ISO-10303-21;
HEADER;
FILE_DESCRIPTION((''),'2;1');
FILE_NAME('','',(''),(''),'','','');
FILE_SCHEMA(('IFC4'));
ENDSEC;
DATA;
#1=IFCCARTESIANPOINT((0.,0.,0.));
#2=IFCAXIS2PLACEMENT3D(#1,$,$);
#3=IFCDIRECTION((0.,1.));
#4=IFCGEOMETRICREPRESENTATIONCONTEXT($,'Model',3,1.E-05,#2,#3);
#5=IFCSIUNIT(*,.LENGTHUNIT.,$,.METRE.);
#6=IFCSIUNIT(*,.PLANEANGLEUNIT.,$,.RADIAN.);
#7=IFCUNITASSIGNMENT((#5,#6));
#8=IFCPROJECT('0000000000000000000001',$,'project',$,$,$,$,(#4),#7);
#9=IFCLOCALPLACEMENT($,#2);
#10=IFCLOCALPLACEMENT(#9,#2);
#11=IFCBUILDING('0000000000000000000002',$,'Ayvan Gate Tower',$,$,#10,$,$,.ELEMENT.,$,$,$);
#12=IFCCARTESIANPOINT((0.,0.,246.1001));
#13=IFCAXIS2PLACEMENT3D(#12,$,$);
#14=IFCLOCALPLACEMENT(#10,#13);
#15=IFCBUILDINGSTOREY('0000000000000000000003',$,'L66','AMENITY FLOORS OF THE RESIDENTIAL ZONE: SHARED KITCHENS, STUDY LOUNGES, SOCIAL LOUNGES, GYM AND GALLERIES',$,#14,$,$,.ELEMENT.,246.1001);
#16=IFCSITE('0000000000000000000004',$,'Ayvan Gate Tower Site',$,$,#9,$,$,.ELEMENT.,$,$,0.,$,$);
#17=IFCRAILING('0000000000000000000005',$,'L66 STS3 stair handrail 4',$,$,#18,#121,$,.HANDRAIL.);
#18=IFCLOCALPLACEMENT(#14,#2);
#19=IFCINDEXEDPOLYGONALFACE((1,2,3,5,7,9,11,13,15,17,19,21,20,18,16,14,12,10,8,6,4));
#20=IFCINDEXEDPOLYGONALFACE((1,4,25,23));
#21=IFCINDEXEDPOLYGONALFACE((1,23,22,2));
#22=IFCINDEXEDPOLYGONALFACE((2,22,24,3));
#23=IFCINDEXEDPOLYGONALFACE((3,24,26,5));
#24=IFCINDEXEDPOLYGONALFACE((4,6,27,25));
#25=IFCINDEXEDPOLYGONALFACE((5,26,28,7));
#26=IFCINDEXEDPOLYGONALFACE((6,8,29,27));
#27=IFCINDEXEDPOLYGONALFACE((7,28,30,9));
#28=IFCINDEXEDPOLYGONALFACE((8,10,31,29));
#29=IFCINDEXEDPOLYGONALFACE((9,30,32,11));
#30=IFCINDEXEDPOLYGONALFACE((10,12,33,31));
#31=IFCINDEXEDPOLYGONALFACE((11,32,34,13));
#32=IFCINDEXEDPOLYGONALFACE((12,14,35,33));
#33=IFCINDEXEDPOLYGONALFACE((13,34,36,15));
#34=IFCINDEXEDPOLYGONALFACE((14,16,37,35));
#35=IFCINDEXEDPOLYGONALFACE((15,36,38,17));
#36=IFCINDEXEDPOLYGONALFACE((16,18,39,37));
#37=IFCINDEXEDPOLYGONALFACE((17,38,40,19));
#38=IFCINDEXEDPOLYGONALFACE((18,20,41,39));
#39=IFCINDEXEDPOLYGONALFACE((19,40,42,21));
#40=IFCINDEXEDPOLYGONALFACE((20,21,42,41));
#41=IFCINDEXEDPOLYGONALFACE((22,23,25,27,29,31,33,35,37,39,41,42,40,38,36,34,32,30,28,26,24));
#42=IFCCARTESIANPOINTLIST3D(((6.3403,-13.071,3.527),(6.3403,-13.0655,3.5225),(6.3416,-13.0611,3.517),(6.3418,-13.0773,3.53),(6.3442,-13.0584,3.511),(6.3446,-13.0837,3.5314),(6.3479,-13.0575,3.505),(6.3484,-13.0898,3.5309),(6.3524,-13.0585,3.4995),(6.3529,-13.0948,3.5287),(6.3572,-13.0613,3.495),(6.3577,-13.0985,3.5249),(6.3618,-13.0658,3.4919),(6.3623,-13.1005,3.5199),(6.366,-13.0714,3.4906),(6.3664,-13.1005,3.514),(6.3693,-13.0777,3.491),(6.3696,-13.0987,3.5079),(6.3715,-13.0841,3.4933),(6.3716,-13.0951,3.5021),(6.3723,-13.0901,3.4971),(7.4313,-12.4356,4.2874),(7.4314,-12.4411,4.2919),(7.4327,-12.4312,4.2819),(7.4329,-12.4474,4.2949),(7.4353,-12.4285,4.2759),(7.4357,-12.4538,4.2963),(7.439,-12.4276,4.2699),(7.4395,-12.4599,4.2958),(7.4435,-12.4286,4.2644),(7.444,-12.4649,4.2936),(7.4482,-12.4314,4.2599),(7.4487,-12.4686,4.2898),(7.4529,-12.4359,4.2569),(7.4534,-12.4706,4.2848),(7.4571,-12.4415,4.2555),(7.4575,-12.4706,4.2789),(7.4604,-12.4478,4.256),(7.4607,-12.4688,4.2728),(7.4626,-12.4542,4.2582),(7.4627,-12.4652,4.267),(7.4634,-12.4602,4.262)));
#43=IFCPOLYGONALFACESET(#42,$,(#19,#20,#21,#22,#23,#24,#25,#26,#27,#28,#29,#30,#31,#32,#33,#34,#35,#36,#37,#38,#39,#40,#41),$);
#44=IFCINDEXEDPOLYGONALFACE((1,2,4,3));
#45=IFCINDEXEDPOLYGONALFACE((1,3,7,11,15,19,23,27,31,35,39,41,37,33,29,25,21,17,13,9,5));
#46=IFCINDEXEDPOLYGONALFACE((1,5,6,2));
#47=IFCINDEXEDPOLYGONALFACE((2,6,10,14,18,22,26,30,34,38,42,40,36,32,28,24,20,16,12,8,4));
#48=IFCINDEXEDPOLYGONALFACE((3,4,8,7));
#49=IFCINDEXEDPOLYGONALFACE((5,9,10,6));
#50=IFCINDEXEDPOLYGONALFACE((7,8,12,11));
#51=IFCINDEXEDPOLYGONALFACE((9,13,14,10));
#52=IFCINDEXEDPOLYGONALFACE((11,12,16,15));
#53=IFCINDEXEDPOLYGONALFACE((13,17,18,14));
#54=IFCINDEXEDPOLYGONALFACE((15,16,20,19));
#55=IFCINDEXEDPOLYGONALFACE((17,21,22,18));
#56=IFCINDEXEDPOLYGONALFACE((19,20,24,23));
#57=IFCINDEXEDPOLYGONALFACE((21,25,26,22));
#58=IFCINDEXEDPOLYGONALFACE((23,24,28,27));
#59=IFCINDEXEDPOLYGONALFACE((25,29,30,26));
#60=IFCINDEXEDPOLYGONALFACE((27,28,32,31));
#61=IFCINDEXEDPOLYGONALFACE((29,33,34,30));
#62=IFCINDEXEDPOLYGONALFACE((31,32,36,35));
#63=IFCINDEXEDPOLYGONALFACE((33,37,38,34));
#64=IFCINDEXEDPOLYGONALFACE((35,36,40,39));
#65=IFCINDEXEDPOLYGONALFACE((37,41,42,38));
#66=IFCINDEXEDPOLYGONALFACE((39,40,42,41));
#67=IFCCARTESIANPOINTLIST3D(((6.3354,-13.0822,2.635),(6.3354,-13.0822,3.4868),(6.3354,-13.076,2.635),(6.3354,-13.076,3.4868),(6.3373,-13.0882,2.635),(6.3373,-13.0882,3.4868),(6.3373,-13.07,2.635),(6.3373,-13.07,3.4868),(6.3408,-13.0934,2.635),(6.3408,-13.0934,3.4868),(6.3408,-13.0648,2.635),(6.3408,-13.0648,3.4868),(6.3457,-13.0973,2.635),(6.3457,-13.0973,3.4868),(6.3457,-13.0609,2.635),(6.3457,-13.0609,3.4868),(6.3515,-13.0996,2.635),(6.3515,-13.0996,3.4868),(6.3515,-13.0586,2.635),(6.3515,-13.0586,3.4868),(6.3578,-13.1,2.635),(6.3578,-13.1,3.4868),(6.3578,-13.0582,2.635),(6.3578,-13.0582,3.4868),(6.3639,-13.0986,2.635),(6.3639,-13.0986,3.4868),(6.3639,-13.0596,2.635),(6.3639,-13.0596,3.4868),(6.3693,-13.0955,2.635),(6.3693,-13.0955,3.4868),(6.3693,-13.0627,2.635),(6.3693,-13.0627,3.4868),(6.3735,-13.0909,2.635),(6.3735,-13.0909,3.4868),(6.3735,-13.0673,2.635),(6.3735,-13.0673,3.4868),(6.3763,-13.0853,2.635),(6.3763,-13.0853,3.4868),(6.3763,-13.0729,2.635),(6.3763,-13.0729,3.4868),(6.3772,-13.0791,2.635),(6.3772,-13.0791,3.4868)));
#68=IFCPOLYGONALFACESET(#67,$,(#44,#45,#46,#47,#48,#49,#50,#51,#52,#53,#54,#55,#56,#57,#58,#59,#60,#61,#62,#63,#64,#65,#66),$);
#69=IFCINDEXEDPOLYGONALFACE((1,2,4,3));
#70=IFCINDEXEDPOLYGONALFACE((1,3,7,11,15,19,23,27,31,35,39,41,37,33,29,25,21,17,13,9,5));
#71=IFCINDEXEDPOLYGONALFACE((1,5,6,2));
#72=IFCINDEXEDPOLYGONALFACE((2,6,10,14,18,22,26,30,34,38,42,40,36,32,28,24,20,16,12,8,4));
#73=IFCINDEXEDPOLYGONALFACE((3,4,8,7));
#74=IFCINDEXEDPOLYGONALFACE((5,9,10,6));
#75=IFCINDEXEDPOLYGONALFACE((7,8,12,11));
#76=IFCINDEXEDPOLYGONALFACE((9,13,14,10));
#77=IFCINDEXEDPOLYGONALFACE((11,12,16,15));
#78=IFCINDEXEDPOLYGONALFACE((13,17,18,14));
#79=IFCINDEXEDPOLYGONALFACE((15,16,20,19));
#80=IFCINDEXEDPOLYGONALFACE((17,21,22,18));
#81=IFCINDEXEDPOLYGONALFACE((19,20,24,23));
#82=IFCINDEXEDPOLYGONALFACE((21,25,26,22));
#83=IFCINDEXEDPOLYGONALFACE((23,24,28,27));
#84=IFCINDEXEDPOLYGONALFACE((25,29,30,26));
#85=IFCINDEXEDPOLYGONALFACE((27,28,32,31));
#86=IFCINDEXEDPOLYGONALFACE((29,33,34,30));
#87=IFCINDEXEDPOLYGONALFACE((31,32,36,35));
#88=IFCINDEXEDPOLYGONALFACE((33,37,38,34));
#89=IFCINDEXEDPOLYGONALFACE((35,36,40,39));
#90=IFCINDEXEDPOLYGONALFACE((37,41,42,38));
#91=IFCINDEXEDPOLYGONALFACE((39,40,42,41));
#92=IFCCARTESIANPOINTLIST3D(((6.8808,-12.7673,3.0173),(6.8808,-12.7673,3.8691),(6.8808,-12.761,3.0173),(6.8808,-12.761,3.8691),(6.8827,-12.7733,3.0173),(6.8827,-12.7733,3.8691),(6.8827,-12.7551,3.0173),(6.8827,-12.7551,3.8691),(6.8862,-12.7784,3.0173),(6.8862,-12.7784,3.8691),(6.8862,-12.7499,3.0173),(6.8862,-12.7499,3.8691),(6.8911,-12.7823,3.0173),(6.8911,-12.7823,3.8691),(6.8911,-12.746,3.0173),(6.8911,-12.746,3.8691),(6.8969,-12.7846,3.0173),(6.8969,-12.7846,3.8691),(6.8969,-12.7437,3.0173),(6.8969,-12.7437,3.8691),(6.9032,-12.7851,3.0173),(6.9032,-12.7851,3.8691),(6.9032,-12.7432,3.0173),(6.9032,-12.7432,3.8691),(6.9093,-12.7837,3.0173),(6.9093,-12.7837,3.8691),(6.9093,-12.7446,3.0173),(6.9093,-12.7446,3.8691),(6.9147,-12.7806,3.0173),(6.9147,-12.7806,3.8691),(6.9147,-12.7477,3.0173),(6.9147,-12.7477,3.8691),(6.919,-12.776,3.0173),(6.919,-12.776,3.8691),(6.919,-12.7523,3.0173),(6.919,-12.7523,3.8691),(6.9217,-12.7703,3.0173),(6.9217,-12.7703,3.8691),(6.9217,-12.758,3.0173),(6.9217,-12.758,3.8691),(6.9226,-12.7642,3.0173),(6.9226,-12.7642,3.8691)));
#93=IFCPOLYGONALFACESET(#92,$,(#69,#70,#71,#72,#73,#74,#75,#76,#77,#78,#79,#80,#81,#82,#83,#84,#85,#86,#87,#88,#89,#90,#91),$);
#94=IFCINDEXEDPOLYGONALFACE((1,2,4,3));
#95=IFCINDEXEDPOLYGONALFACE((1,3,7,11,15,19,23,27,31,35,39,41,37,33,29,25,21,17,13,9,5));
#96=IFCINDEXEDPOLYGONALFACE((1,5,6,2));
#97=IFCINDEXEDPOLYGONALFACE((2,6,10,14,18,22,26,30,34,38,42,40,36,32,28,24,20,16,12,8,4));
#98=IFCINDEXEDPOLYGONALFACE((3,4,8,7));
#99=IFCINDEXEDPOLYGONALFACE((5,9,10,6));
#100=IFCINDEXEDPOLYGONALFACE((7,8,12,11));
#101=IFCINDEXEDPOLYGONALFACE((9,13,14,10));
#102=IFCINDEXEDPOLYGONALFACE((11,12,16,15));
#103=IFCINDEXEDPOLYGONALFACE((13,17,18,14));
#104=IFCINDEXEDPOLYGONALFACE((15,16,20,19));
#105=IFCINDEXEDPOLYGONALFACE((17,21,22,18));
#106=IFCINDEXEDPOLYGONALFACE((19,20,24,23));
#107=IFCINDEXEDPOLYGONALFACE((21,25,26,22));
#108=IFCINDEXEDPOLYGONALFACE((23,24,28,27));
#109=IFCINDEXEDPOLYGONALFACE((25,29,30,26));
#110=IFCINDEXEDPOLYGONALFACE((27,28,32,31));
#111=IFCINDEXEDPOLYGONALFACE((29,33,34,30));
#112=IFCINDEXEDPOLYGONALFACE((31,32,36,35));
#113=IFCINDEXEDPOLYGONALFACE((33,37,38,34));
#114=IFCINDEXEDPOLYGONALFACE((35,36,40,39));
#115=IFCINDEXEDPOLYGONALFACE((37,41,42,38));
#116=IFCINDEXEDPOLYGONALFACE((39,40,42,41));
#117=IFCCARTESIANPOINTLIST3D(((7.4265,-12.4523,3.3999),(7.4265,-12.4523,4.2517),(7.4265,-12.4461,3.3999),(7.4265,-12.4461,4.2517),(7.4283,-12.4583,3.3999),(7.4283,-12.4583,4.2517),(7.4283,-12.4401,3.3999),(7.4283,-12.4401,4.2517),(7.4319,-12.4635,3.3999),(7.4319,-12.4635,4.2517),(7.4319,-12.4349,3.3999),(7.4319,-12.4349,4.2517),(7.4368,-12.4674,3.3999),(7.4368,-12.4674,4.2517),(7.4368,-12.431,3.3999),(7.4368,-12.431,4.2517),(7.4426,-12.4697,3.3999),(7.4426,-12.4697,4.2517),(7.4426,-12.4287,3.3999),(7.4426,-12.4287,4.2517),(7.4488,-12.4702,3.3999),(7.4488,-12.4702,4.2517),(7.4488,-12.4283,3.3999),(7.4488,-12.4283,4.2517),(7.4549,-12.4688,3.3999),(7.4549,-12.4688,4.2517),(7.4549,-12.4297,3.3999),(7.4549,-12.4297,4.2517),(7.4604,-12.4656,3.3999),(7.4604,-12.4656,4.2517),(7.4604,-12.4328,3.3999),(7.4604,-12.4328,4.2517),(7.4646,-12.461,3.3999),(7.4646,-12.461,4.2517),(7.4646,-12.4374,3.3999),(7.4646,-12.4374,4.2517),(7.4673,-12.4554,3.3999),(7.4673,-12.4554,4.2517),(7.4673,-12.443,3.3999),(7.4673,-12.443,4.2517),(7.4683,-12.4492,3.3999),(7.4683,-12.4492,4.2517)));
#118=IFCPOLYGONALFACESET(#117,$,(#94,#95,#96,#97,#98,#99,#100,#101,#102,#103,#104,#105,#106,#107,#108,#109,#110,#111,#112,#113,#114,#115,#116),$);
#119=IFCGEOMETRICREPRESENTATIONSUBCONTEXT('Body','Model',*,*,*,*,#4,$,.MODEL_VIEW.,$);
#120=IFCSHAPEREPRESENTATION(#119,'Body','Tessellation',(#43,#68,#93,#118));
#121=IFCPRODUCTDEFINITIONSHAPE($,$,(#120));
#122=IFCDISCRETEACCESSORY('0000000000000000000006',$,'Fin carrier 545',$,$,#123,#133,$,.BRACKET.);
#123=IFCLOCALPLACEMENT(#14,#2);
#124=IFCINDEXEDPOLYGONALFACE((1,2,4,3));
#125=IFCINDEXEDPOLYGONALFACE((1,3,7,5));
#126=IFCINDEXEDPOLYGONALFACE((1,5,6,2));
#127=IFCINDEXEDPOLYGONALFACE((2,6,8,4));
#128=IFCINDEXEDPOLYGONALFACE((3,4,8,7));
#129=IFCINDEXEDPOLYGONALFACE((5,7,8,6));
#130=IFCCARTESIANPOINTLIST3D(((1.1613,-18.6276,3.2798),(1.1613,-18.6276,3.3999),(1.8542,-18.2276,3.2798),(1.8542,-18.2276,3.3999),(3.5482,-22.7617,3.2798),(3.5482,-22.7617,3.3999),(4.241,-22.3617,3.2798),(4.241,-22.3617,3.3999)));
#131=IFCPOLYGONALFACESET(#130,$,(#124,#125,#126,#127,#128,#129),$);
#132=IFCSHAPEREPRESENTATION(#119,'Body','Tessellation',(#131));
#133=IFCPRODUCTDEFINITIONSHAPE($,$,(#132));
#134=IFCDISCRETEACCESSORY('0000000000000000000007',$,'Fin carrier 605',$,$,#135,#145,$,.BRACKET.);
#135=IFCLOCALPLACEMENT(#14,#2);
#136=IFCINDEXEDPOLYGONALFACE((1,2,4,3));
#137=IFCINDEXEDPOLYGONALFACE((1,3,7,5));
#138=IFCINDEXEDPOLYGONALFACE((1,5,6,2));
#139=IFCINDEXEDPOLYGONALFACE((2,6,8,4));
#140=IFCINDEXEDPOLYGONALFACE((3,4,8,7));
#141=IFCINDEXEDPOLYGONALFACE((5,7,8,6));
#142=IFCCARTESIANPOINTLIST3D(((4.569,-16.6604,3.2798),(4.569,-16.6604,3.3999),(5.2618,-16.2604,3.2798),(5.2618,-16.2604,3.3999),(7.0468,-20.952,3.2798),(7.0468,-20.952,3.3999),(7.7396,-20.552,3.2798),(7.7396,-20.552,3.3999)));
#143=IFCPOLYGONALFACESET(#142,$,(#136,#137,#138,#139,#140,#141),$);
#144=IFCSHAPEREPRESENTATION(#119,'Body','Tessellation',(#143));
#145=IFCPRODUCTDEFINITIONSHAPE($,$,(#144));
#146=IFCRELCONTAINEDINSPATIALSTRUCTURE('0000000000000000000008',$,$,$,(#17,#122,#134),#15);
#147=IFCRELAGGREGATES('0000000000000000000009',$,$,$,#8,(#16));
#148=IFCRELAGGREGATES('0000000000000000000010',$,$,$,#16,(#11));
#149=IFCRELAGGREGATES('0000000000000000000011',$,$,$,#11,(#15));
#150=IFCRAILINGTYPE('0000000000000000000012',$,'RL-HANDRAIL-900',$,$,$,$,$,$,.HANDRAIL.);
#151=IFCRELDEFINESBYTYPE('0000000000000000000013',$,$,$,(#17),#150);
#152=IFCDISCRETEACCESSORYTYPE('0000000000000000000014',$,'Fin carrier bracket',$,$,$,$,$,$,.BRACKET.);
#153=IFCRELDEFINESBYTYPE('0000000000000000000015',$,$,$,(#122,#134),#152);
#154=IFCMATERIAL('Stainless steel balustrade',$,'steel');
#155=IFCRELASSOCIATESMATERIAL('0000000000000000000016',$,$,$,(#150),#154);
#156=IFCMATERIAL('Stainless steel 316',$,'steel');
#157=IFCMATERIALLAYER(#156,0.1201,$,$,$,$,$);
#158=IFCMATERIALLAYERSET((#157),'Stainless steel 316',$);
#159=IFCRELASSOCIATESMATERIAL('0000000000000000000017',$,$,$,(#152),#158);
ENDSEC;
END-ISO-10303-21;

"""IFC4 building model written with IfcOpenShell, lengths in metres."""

from ifc_helpers import new_model, si_unit, direction, frame, origin, origin_2d, place, context, subcontext, project, spatial, rectangle, circle, extrude, material, layer, layer_set, type_object, element, save


model = new_model("IFC4")

# Units and contexts
model_context = context("Model", 3, precision=1e-05, world=origin(), true_north=direction((0.0, 1.0)))
body_context = subcontext(model_context, "Body", "Model", "MODEL_VIEW")
ifc_project = project(units=[si_unit("LENGTHUNIT", "METRE"), si_unit("PLANEANGLEUNIT", "RADIAN")], contexts=[model_context])

# Site, building, storey
site_placement = place(None, origin())
site = spatial("IfcSite", under=ifc_project, at=site_placement, Name="Ayvan Gate Tower Site", CompositionType="ELEMENT", RefElevation=0.0)
building_placement = place(site_placement, origin())
building = spatial("IfcBuilding", under=site, at=building_placement, Name="Ayvan Gate Tower", CompositionType="ELEMENT")
storey_placement = place(building_placement, frame((0.0, 0.0, 246.1001)))
storey = spatial("IfcBuildingStorey", under=building, at=storey_placement, Name="L66", Description="AMENITY FLOORS OF THE RESIDENTIAL ZONE: SHARED KITCHENS, STUDY LOUNGES, SOCIAL LOUNGES, GYM AND GALLERIES", CompositionType="ELEMENT", Elevation=246.1001)

# Railing
ifc_material_1 = material(Name="Stainless steel balustrade", Category="steel")
railing_type_1 = type_object("IfcRailingType", Name="RL-HANDRAIL-900", PredefinedType="HANDRAIL", material=ifc_material_1)
railing_1_placement = place(storey_placement, frame((6.3562, -13.0791, 2.635)))
element("IfcRailing", 1, at=railing_1_placement, inside=storey, type_object=railing_type_1, Name="L66 STS3 stair handrail 4", PredefinedType="HANDRAIL", context=body_context, shape_type="SweptSolid", body=[
    extrude(circle(Radius=0.0239, at=origin_2d()), frame((0.0, 0.0, 0.876), z_axis=(0.740282, 0.427372, 0.518976), x_axis=(-0.499974, 0.86604, 0.0)), (0.0, 0.0, 1.0), 1.4739),
    extrude(circle(Radius=0.021, at=origin_2d()), origin(), (0.0, 0.0, 1.0), 0.8518),
    extrude(circle(Radius=0.021, at=origin_2d()), frame((0.5454, 0.3149, 0.3823)), (0.0, 0.0, 1.0), 0.8518),
    extrude(circle(Radius=0.021, at=origin_2d()), frame((1.0911, 0.6299, 0.7649)), (0.0, 0.0, 1.0), 0.8518),
])

# Discrete accessories
ifc_material_2 = material(Name="Stainless steel 316", Category="steel")
ifc_layer_1 = layer(ifc_material_2, 0.1201)
ifc_layer_set_1 = layer_set([ifc_layer_1], Name="Stainless steel 316")
discrete_accessory_type = type_object("IfcDiscreteAccessoryType", Name="Fin carrier bracket", PredefinedType="BRACKET", material=ifc_layer_set_1)
discrete_accessory_1_placement = place(storey_placement, frame((2.7012, -20.4946, 3.2798), z_axis=(0.0, 0.0, 1.0), x_axis=(0.866025, 0.5, 0.0)))
element("IfcDiscreteAccessory", 2, at=discrete_accessory_1_placement, inside=storey, type_object=discrete_accessory_type, Name="Fin carrier 545", PredefinedType="BRACKET", context=body_context, shape_type="SweptSolid", body=[
    extrude(rectangle(XDim=0.8, YDim=4.7737, at=origin_2d()), origin(), (0.0, 0.0, 1.0), 0.1201),
])
discrete_accessory_2_placement = place(storey_placement, frame((6.1543, -18.6062, 3.2798), z_axis=(0.0, 0.0, 1.0), x_axis=(0.866025, 0.5, 0.0)))
element("IfcDiscreteAccessory", 3, at=discrete_accessory_2_placement, inside=storey, type_object=discrete_accessory_type, Name="Fin carrier 605", PredefinedType="BRACKET", context=body_context, shape_type="SweptSolid", body=[
    extrude(rectangle(XDim=0.8, YDim=4.9556, at=origin_2d()), origin(), (0.0, 0.0, 1.0), 0.1201),
])

save(model, "model.ifc")
